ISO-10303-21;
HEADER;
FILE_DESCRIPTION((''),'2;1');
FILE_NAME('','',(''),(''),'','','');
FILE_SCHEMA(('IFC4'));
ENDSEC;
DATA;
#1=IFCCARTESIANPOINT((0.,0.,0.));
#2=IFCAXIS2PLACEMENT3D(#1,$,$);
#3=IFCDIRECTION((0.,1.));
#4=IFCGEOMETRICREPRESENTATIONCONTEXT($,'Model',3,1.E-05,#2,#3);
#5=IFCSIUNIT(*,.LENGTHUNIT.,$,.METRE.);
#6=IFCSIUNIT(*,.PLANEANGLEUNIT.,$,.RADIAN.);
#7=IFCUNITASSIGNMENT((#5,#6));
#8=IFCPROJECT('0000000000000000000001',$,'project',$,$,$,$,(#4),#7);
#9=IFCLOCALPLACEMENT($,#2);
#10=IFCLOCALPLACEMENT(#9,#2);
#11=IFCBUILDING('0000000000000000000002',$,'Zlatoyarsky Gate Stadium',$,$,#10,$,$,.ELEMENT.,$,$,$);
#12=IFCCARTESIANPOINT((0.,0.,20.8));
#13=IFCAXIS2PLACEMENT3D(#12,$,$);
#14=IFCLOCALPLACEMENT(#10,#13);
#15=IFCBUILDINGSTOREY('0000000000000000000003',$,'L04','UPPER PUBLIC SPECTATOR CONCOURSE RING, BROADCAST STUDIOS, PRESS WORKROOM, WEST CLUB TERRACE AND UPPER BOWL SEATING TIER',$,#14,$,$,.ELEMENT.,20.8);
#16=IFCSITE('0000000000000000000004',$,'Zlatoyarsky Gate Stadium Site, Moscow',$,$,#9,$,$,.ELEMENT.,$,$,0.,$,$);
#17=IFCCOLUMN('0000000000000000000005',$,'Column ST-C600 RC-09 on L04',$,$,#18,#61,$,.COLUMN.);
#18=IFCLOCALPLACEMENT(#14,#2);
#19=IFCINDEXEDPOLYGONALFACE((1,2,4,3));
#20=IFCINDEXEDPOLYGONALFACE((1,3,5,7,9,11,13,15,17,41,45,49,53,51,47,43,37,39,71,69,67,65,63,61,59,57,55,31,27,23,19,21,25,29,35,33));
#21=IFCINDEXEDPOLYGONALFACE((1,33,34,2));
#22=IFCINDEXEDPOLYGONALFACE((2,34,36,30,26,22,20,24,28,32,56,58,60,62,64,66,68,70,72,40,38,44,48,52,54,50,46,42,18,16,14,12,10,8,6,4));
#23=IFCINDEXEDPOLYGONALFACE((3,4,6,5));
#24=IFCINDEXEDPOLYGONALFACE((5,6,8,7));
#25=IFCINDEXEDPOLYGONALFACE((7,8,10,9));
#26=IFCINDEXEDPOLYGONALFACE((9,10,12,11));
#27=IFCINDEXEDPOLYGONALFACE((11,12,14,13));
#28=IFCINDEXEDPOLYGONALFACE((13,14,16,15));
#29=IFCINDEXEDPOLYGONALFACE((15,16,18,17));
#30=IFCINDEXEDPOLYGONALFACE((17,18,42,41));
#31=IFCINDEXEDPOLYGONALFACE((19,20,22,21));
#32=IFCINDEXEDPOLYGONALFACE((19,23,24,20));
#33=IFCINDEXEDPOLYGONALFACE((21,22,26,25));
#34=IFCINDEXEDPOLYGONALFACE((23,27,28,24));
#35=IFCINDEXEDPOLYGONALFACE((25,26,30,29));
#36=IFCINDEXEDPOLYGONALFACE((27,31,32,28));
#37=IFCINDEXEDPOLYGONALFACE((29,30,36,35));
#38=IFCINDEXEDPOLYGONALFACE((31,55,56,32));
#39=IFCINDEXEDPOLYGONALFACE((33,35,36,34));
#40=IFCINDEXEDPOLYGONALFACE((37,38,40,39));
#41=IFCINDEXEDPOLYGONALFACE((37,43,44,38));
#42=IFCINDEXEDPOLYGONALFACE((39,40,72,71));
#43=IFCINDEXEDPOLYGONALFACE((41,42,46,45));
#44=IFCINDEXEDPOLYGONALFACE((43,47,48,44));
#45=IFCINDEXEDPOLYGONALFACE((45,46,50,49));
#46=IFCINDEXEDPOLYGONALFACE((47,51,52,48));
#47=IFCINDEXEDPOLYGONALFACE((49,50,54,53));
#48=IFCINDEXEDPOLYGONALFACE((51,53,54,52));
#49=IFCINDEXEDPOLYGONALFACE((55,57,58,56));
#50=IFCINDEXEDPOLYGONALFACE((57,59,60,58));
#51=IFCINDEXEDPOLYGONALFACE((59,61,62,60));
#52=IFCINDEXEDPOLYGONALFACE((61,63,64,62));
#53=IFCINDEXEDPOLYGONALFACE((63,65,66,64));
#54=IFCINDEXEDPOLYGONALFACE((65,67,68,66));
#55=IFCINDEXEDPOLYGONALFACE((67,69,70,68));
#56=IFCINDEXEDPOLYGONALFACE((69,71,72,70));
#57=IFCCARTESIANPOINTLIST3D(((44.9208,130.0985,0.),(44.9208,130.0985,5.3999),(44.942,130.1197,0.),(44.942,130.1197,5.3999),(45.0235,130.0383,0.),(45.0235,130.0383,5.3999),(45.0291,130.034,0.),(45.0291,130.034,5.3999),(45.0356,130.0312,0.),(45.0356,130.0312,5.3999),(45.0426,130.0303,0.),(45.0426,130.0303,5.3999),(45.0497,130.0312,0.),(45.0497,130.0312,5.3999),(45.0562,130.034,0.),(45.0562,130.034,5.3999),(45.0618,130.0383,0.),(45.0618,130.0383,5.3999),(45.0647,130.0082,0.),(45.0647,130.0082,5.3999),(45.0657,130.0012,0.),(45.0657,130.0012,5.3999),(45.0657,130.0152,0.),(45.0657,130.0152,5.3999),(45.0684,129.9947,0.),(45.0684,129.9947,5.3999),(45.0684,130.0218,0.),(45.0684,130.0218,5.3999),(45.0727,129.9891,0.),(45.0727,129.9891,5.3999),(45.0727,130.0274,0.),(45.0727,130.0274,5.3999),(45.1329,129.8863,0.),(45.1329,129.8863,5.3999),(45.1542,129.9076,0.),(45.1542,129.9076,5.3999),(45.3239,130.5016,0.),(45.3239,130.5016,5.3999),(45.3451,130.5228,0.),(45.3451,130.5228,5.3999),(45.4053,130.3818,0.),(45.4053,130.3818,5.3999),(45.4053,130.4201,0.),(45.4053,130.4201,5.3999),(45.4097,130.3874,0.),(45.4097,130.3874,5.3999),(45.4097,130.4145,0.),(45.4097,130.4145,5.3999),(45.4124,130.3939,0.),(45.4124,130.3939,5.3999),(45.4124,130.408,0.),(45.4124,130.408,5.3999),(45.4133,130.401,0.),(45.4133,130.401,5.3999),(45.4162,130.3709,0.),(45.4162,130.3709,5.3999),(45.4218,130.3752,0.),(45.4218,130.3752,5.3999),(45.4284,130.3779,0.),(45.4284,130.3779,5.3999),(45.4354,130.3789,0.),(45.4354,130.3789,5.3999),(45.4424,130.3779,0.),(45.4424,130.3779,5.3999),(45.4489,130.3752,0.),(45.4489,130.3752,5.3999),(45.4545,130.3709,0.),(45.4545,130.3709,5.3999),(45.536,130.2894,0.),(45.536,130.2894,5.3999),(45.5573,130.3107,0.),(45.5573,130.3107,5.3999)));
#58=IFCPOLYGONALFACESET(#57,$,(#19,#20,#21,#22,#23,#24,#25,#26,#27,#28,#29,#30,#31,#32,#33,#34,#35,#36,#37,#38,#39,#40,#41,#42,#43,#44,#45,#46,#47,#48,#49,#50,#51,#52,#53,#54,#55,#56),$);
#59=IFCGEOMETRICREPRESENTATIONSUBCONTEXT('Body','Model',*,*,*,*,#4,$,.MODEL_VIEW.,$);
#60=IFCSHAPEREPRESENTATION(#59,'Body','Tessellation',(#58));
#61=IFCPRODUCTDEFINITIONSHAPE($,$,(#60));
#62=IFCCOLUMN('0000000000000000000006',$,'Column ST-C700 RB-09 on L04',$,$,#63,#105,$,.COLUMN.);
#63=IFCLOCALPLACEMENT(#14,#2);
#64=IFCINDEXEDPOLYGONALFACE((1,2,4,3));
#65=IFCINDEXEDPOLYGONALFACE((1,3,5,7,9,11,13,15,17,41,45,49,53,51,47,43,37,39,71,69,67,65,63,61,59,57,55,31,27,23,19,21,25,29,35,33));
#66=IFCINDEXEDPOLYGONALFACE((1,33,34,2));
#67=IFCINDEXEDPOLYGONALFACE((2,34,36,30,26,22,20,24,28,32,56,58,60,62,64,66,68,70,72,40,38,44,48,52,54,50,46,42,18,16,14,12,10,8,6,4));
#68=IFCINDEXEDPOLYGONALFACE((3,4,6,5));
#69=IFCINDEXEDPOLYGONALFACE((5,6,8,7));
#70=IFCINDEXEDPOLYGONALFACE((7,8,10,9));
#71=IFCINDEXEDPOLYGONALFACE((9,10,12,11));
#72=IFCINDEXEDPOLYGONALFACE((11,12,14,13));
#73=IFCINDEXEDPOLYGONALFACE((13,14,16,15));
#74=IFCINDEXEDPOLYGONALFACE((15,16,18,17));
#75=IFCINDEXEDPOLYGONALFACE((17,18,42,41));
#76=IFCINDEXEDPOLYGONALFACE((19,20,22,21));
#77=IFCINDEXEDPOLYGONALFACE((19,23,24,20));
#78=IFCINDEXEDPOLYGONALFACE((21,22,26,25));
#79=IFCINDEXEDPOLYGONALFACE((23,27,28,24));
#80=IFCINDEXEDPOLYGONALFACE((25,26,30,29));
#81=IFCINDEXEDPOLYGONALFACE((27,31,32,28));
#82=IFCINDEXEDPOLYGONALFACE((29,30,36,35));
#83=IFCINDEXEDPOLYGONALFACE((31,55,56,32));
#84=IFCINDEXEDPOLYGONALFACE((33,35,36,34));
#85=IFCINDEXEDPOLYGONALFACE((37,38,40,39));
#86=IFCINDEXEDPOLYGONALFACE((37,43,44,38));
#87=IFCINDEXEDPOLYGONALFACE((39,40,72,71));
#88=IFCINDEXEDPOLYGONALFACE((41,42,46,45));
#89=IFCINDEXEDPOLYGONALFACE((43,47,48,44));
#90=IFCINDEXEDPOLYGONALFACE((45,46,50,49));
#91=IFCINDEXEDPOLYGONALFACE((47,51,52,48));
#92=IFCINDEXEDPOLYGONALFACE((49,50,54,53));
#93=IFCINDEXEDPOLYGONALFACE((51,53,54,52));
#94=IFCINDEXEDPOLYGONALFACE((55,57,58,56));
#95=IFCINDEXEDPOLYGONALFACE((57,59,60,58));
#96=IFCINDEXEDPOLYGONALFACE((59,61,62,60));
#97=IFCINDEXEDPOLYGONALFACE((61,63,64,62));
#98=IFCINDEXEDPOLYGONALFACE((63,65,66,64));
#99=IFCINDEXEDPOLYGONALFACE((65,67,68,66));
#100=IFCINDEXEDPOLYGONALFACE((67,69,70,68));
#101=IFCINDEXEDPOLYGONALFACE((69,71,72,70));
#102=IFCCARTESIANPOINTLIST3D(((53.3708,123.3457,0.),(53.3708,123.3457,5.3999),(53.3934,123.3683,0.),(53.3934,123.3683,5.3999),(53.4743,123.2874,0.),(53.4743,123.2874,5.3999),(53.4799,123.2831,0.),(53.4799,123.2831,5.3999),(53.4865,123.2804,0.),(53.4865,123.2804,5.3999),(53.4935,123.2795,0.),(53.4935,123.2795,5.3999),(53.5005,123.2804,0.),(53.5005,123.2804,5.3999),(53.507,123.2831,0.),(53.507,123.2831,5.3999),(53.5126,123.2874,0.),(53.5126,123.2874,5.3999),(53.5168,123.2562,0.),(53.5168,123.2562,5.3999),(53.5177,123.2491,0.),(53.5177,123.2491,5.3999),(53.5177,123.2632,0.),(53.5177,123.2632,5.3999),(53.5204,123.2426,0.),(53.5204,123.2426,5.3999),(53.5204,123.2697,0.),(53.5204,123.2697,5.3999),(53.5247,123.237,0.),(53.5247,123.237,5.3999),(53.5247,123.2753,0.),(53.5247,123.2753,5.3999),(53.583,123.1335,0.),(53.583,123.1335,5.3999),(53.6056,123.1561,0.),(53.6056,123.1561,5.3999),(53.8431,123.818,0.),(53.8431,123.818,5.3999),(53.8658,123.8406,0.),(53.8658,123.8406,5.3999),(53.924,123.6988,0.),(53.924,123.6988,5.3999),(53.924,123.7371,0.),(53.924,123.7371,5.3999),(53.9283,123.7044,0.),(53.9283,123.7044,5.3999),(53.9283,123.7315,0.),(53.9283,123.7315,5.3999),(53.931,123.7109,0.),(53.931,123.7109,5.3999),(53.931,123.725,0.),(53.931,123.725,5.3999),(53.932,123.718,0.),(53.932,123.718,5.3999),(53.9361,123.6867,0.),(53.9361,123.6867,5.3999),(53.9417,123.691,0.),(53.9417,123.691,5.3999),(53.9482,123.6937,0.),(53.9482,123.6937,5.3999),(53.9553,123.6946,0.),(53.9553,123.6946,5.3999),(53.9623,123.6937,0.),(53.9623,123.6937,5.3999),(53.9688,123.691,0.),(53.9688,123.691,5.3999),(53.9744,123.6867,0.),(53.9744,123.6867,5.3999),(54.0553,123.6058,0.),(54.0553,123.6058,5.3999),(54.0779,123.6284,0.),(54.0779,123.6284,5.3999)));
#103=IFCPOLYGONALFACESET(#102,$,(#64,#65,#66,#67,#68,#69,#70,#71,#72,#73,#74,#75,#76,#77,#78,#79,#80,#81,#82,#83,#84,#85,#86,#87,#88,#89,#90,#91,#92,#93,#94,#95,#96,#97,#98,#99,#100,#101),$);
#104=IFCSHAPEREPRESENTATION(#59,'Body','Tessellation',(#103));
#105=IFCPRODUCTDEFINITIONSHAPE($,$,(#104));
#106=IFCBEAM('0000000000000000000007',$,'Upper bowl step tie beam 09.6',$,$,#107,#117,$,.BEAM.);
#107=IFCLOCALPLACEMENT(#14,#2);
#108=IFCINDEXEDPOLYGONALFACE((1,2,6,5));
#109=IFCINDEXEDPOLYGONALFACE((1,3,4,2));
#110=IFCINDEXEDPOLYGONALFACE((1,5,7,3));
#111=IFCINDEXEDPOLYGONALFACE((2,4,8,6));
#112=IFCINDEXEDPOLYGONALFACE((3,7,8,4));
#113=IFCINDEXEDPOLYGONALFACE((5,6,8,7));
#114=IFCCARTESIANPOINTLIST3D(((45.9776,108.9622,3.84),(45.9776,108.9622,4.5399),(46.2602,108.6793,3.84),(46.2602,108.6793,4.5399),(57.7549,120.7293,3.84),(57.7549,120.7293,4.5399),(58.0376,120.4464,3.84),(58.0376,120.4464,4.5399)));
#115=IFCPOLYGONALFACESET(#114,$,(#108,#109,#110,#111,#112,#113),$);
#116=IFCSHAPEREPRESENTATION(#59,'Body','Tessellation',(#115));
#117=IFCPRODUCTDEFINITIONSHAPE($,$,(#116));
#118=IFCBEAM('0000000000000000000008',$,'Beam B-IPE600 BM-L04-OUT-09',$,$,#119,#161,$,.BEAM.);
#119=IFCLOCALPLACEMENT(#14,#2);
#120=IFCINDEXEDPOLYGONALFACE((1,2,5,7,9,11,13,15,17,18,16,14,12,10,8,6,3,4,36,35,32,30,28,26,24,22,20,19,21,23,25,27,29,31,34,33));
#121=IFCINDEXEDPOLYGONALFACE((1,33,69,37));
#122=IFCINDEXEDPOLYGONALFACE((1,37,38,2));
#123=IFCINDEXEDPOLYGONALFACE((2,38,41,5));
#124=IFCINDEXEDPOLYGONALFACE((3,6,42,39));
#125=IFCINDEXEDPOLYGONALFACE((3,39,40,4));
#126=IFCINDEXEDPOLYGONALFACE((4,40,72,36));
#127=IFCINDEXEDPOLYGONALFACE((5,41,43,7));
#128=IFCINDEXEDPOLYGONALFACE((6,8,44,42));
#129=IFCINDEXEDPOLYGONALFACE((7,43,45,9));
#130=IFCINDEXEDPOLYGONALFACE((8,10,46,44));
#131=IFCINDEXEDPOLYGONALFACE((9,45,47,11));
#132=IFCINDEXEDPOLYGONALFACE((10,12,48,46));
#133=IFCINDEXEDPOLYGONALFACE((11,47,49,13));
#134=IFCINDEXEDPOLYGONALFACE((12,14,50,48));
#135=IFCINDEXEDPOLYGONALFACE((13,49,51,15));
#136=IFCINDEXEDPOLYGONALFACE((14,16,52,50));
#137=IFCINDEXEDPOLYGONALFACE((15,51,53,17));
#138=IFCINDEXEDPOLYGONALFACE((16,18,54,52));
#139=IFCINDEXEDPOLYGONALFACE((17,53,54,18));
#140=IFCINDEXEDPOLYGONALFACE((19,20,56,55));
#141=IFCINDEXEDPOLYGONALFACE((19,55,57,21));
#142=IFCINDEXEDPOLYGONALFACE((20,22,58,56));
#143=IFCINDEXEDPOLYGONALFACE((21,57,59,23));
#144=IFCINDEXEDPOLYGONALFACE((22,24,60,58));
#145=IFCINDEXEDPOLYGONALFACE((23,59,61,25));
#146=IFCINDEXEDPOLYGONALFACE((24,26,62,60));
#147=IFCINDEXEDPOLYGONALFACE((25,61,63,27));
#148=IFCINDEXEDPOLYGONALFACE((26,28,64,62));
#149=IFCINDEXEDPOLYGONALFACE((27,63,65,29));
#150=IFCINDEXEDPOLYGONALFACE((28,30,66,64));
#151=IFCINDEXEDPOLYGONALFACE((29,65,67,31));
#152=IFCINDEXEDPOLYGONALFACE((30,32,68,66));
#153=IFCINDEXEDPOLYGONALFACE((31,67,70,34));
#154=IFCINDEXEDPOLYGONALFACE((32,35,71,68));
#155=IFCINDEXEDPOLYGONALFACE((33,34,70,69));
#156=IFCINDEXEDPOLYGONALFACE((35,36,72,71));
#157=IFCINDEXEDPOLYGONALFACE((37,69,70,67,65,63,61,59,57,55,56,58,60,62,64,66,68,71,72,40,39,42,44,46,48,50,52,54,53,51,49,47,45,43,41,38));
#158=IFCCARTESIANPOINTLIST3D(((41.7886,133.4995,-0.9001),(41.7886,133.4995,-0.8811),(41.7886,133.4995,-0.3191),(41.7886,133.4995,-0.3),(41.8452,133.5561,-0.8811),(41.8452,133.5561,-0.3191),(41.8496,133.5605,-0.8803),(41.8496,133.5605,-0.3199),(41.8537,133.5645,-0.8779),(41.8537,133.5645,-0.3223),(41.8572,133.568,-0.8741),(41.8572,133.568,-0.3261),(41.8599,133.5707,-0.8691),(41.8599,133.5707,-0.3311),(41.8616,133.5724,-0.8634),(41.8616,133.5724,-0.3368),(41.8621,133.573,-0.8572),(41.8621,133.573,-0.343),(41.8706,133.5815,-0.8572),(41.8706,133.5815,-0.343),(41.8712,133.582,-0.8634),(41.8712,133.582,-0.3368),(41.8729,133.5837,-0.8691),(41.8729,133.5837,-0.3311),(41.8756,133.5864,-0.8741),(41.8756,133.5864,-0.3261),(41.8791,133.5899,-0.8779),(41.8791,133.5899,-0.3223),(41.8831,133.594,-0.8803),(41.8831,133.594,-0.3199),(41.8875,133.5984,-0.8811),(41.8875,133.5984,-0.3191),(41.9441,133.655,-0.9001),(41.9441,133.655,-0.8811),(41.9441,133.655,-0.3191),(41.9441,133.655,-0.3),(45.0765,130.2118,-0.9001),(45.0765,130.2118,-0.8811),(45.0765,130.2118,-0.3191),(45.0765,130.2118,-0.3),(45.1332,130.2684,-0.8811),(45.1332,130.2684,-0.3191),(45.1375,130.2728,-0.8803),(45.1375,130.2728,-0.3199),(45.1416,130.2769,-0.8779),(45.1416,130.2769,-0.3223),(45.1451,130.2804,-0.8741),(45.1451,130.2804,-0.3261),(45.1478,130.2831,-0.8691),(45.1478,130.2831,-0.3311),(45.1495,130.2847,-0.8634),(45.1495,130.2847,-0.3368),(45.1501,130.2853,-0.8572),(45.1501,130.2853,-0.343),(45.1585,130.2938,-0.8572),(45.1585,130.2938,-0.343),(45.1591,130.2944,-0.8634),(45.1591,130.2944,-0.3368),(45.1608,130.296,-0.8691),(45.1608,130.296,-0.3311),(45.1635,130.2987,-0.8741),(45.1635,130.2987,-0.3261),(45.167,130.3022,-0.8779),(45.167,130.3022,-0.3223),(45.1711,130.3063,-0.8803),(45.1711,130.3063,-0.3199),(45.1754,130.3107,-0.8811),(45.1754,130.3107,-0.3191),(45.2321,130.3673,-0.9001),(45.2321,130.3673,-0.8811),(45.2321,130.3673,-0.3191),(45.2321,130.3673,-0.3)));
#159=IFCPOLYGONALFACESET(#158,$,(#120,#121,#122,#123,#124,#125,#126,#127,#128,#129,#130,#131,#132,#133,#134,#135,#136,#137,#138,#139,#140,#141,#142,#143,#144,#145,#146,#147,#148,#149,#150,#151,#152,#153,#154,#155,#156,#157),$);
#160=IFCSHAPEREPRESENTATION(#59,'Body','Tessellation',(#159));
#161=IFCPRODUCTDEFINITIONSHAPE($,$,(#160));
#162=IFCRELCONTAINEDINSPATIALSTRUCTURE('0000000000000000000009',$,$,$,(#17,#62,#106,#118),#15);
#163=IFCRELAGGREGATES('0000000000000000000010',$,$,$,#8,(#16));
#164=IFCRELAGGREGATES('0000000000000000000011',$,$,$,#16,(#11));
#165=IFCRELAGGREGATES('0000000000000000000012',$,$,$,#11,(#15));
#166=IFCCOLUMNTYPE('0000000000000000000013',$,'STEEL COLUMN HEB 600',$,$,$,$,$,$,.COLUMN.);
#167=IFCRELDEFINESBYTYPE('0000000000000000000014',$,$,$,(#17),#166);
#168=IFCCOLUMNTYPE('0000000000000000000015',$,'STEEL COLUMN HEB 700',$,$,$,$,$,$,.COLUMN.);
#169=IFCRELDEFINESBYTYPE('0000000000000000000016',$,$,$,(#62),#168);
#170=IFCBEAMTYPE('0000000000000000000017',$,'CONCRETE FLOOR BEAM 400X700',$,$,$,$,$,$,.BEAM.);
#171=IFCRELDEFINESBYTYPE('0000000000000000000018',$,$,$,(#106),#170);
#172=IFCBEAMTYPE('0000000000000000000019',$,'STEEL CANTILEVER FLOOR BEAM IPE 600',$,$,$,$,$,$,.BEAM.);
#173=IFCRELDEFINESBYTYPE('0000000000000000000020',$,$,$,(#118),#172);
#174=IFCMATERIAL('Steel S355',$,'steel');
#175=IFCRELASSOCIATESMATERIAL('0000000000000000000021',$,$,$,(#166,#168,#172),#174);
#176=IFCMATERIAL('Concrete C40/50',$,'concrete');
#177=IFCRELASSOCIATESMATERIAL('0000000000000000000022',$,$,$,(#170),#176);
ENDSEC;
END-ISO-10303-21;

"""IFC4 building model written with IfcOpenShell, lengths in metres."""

from ifc_helpers import new_model, si_unit, direction, frame, origin, origin_2d, place, context, subcontext, project, spatial, rectangle, i_section, extrude, material, material_profile, profile_set, type_object, element, save


model = new_model("IFC4")

# Units and contexts
model_context = context("Model", 3, precision=1e-05, world=origin(), true_north=direction((0.0, 1.0)))
body_context = subcontext(model_context, "Body", "Model", "MODEL_VIEW")
ifc_project = project(units=[si_unit("LENGTHUNIT", "METRE"), si_unit("PLANEANGLEUNIT", "RADIAN")], contexts=[model_context])

# Site, building, storey
site_placement = place(None, origin())
site = spatial("IfcSite", under=ifc_project, at=site_placement, Name="Zlatoyarsky Gate Stadium Site, Moscow", CompositionType="ELEMENT", RefElevation=0.0)
building_placement = place(site_placement, origin())
building = spatial("IfcBuilding", under=site, at=building_placement, Name="Zlatoyarsky Gate Stadium", CompositionType="ELEMENT")
storey_placement = place(building_placement, frame((0.0, 0.0, 20.8)))
storey = spatial("IfcBuildingStorey", under=building, at=storey_placement, Name="L04", Description="UPPER PUBLIC SPECTATOR CONCOURSE RING, BROADCAST STUDIOS, PRESS WORKROOM, WEST CLUB TERRACE AND UPPER BOWL SEATING TIER", CompositionType="ELEMENT", Elevation=20.8)

# Columns
ifc_material_1 = material(Name="Steel S355", Category="steel")
ifc_material_profile_1 = material_profile(ifc_material_1, i_section(OverallWidth=0.3, OverallDepth=0.6001, WebThickness=0.0154, FlangeThickness=0.03, FilletRadius=0.0271, at=origin_2d()), Name="HEB 600")
ifc_profile_set_1 = profile_set([ifc_material_profile_1], Name="Steel S355")
column_type_1 = type_object("IfcColumnType", Name="STEEL COLUMN HEB 600", PredefinedType="COLUMN", material=ifc_profile_set_1)
column_1_placement = place(storey_placement, frame((45.239, 130.2046, 0.0), z_axis=(0.0, 0.0, 1.0), x_axis=(-0.707107, 0.707107, 0.0)))
element("IfcColumn", 1, at=column_1_placement, inside=storey, type_object=column_type_1, Name="Column ST-C600 RC-09 on L04", PredefinedType="COLUMN", context=body_context, shape_type="SweptSolid", body=[
    extrude(i_section(OverallWidth=0.3, OverallDepth=0.6001, WebThickness=0.0154, FlangeThickness=0.03, FilletRadius=0.0271, at=origin_2d()), origin(), (0.0, 0.0, 1.0), 5.3999),
])
ifc_material_profile_2 = material_profile(ifc_material_1, i_section(OverallWidth=0.3, OverallDepth=0.7, WebThickness=0.0171, FlangeThickness=0.032, FilletRadius=0.0271, at=origin_2d()), Name="HEB 700")
ifc_profile_set_2 = profile_set([ifc_material_profile_2], Name="Steel S355")
column_type_2 = type_object("IfcColumnType", Name="STEEL COLUMN HEB 700", PredefinedType="COLUMN", material=ifc_profile_set_2)
column_2_placement = place(storey_placement, frame((53.7244, 123.4871, 0.0), z_axis=(0.0, 0.0, 1.0), x_axis=(-0.707107, 0.707107, 0.0)))
element("IfcColumn", 2, at=column_2_placement, inside=storey, type_object=column_type_2, Name="Column ST-C700 RB-09 on L04", PredefinedType="COLUMN", context=body_context, shape_type="SweptSolid", body=[
    extrude(i_section(OverallWidth=0.3, OverallDepth=0.7, WebThickness=0.0171, FlangeThickness=0.032, FilletRadius=0.0271, at=origin_2d()), origin(), (0.0, 0.0, 1.0), 5.3999),
])

# Beams
ifc_material_2 = material(Name="Concrete C40/50", Category="concrete")
ifc_material_profile_3 = material_profile(ifc_material_2, rectangle(XDim=0.3999, YDim=0.7, at=origin_2d()), Name="RC BEAM 400X700")
ifc_profile_set_3 = profile_set([ifc_material_profile_3], Name="Concrete C40/50")
beam_type_1 = type_object("IfcBeamType", Name="CONCRETE FLOOR BEAM 400X700", PredefinedType="BEAM", material=ifc_profile_set_3)
beam_1_placement = place(storey_placement, frame((57.8962, 120.5879, 4.1899), z_axis=(-0.707415, -0.706799, 0.0), x_axis=(0.706799, -0.707415, 0.0)))
element("IfcBeam", 3, at=beam_1_placement, inside=storey, type_object=beam_type_1, Name="Upper bowl step tie beam 09.6", PredefinedType="BEAM", context=body_context, shape_type="SweptSolid", body=[
    extrude(rectangle(XDim=0.3999, YDim=0.7, at=origin_2d()), origin(), (0.0, 0.0, 1.0), 16.6484),
])
ifc_material_profile_4 = material_profile(ifc_material_1, i_section(OverallWidth=0.22, OverallDepth=0.6001, WebThickness=0.012, FlangeThickness=0.019, FilletRadius=0.0239, at=origin_2d()), Name="IPE 600")
ifc_profile_set_4 = profile_set([ifc_material_profile_4], Name="Steel S355")
beam_type_2 = type_object("IfcBeamType", Name="STEEL CANTILEVER FLOOR BEAM IPE 600", PredefinedType="BEAM", material=ifc_profile_set_4)
beam_2_placement = place(storey_placement, frame((45.1543, 130.2896, -0.6001), z_axis=(-0.707133, 0.707081, 0.0), x_axis=(-0.707081, -0.707133, 0.0)))
element("IfcBeam", 4, at=beam_2_placement, inside=storey, type_object=beam_type_2, Name="Beam B-IPE600 BM-L04-OUT-09", PredefinedType="BEAM", context=body_context, shape_type="SweptSolid", body=[
    extrude(i_section(OverallWidth=0.22, OverallDepth=0.6001, WebThickness=0.012, FlangeThickness=0.019, FilletRadius=0.0239, at=origin_2d()), origin(), (0.0, 0.0, 1.0), 4.6497),
])

save(model, "model.ifc")
